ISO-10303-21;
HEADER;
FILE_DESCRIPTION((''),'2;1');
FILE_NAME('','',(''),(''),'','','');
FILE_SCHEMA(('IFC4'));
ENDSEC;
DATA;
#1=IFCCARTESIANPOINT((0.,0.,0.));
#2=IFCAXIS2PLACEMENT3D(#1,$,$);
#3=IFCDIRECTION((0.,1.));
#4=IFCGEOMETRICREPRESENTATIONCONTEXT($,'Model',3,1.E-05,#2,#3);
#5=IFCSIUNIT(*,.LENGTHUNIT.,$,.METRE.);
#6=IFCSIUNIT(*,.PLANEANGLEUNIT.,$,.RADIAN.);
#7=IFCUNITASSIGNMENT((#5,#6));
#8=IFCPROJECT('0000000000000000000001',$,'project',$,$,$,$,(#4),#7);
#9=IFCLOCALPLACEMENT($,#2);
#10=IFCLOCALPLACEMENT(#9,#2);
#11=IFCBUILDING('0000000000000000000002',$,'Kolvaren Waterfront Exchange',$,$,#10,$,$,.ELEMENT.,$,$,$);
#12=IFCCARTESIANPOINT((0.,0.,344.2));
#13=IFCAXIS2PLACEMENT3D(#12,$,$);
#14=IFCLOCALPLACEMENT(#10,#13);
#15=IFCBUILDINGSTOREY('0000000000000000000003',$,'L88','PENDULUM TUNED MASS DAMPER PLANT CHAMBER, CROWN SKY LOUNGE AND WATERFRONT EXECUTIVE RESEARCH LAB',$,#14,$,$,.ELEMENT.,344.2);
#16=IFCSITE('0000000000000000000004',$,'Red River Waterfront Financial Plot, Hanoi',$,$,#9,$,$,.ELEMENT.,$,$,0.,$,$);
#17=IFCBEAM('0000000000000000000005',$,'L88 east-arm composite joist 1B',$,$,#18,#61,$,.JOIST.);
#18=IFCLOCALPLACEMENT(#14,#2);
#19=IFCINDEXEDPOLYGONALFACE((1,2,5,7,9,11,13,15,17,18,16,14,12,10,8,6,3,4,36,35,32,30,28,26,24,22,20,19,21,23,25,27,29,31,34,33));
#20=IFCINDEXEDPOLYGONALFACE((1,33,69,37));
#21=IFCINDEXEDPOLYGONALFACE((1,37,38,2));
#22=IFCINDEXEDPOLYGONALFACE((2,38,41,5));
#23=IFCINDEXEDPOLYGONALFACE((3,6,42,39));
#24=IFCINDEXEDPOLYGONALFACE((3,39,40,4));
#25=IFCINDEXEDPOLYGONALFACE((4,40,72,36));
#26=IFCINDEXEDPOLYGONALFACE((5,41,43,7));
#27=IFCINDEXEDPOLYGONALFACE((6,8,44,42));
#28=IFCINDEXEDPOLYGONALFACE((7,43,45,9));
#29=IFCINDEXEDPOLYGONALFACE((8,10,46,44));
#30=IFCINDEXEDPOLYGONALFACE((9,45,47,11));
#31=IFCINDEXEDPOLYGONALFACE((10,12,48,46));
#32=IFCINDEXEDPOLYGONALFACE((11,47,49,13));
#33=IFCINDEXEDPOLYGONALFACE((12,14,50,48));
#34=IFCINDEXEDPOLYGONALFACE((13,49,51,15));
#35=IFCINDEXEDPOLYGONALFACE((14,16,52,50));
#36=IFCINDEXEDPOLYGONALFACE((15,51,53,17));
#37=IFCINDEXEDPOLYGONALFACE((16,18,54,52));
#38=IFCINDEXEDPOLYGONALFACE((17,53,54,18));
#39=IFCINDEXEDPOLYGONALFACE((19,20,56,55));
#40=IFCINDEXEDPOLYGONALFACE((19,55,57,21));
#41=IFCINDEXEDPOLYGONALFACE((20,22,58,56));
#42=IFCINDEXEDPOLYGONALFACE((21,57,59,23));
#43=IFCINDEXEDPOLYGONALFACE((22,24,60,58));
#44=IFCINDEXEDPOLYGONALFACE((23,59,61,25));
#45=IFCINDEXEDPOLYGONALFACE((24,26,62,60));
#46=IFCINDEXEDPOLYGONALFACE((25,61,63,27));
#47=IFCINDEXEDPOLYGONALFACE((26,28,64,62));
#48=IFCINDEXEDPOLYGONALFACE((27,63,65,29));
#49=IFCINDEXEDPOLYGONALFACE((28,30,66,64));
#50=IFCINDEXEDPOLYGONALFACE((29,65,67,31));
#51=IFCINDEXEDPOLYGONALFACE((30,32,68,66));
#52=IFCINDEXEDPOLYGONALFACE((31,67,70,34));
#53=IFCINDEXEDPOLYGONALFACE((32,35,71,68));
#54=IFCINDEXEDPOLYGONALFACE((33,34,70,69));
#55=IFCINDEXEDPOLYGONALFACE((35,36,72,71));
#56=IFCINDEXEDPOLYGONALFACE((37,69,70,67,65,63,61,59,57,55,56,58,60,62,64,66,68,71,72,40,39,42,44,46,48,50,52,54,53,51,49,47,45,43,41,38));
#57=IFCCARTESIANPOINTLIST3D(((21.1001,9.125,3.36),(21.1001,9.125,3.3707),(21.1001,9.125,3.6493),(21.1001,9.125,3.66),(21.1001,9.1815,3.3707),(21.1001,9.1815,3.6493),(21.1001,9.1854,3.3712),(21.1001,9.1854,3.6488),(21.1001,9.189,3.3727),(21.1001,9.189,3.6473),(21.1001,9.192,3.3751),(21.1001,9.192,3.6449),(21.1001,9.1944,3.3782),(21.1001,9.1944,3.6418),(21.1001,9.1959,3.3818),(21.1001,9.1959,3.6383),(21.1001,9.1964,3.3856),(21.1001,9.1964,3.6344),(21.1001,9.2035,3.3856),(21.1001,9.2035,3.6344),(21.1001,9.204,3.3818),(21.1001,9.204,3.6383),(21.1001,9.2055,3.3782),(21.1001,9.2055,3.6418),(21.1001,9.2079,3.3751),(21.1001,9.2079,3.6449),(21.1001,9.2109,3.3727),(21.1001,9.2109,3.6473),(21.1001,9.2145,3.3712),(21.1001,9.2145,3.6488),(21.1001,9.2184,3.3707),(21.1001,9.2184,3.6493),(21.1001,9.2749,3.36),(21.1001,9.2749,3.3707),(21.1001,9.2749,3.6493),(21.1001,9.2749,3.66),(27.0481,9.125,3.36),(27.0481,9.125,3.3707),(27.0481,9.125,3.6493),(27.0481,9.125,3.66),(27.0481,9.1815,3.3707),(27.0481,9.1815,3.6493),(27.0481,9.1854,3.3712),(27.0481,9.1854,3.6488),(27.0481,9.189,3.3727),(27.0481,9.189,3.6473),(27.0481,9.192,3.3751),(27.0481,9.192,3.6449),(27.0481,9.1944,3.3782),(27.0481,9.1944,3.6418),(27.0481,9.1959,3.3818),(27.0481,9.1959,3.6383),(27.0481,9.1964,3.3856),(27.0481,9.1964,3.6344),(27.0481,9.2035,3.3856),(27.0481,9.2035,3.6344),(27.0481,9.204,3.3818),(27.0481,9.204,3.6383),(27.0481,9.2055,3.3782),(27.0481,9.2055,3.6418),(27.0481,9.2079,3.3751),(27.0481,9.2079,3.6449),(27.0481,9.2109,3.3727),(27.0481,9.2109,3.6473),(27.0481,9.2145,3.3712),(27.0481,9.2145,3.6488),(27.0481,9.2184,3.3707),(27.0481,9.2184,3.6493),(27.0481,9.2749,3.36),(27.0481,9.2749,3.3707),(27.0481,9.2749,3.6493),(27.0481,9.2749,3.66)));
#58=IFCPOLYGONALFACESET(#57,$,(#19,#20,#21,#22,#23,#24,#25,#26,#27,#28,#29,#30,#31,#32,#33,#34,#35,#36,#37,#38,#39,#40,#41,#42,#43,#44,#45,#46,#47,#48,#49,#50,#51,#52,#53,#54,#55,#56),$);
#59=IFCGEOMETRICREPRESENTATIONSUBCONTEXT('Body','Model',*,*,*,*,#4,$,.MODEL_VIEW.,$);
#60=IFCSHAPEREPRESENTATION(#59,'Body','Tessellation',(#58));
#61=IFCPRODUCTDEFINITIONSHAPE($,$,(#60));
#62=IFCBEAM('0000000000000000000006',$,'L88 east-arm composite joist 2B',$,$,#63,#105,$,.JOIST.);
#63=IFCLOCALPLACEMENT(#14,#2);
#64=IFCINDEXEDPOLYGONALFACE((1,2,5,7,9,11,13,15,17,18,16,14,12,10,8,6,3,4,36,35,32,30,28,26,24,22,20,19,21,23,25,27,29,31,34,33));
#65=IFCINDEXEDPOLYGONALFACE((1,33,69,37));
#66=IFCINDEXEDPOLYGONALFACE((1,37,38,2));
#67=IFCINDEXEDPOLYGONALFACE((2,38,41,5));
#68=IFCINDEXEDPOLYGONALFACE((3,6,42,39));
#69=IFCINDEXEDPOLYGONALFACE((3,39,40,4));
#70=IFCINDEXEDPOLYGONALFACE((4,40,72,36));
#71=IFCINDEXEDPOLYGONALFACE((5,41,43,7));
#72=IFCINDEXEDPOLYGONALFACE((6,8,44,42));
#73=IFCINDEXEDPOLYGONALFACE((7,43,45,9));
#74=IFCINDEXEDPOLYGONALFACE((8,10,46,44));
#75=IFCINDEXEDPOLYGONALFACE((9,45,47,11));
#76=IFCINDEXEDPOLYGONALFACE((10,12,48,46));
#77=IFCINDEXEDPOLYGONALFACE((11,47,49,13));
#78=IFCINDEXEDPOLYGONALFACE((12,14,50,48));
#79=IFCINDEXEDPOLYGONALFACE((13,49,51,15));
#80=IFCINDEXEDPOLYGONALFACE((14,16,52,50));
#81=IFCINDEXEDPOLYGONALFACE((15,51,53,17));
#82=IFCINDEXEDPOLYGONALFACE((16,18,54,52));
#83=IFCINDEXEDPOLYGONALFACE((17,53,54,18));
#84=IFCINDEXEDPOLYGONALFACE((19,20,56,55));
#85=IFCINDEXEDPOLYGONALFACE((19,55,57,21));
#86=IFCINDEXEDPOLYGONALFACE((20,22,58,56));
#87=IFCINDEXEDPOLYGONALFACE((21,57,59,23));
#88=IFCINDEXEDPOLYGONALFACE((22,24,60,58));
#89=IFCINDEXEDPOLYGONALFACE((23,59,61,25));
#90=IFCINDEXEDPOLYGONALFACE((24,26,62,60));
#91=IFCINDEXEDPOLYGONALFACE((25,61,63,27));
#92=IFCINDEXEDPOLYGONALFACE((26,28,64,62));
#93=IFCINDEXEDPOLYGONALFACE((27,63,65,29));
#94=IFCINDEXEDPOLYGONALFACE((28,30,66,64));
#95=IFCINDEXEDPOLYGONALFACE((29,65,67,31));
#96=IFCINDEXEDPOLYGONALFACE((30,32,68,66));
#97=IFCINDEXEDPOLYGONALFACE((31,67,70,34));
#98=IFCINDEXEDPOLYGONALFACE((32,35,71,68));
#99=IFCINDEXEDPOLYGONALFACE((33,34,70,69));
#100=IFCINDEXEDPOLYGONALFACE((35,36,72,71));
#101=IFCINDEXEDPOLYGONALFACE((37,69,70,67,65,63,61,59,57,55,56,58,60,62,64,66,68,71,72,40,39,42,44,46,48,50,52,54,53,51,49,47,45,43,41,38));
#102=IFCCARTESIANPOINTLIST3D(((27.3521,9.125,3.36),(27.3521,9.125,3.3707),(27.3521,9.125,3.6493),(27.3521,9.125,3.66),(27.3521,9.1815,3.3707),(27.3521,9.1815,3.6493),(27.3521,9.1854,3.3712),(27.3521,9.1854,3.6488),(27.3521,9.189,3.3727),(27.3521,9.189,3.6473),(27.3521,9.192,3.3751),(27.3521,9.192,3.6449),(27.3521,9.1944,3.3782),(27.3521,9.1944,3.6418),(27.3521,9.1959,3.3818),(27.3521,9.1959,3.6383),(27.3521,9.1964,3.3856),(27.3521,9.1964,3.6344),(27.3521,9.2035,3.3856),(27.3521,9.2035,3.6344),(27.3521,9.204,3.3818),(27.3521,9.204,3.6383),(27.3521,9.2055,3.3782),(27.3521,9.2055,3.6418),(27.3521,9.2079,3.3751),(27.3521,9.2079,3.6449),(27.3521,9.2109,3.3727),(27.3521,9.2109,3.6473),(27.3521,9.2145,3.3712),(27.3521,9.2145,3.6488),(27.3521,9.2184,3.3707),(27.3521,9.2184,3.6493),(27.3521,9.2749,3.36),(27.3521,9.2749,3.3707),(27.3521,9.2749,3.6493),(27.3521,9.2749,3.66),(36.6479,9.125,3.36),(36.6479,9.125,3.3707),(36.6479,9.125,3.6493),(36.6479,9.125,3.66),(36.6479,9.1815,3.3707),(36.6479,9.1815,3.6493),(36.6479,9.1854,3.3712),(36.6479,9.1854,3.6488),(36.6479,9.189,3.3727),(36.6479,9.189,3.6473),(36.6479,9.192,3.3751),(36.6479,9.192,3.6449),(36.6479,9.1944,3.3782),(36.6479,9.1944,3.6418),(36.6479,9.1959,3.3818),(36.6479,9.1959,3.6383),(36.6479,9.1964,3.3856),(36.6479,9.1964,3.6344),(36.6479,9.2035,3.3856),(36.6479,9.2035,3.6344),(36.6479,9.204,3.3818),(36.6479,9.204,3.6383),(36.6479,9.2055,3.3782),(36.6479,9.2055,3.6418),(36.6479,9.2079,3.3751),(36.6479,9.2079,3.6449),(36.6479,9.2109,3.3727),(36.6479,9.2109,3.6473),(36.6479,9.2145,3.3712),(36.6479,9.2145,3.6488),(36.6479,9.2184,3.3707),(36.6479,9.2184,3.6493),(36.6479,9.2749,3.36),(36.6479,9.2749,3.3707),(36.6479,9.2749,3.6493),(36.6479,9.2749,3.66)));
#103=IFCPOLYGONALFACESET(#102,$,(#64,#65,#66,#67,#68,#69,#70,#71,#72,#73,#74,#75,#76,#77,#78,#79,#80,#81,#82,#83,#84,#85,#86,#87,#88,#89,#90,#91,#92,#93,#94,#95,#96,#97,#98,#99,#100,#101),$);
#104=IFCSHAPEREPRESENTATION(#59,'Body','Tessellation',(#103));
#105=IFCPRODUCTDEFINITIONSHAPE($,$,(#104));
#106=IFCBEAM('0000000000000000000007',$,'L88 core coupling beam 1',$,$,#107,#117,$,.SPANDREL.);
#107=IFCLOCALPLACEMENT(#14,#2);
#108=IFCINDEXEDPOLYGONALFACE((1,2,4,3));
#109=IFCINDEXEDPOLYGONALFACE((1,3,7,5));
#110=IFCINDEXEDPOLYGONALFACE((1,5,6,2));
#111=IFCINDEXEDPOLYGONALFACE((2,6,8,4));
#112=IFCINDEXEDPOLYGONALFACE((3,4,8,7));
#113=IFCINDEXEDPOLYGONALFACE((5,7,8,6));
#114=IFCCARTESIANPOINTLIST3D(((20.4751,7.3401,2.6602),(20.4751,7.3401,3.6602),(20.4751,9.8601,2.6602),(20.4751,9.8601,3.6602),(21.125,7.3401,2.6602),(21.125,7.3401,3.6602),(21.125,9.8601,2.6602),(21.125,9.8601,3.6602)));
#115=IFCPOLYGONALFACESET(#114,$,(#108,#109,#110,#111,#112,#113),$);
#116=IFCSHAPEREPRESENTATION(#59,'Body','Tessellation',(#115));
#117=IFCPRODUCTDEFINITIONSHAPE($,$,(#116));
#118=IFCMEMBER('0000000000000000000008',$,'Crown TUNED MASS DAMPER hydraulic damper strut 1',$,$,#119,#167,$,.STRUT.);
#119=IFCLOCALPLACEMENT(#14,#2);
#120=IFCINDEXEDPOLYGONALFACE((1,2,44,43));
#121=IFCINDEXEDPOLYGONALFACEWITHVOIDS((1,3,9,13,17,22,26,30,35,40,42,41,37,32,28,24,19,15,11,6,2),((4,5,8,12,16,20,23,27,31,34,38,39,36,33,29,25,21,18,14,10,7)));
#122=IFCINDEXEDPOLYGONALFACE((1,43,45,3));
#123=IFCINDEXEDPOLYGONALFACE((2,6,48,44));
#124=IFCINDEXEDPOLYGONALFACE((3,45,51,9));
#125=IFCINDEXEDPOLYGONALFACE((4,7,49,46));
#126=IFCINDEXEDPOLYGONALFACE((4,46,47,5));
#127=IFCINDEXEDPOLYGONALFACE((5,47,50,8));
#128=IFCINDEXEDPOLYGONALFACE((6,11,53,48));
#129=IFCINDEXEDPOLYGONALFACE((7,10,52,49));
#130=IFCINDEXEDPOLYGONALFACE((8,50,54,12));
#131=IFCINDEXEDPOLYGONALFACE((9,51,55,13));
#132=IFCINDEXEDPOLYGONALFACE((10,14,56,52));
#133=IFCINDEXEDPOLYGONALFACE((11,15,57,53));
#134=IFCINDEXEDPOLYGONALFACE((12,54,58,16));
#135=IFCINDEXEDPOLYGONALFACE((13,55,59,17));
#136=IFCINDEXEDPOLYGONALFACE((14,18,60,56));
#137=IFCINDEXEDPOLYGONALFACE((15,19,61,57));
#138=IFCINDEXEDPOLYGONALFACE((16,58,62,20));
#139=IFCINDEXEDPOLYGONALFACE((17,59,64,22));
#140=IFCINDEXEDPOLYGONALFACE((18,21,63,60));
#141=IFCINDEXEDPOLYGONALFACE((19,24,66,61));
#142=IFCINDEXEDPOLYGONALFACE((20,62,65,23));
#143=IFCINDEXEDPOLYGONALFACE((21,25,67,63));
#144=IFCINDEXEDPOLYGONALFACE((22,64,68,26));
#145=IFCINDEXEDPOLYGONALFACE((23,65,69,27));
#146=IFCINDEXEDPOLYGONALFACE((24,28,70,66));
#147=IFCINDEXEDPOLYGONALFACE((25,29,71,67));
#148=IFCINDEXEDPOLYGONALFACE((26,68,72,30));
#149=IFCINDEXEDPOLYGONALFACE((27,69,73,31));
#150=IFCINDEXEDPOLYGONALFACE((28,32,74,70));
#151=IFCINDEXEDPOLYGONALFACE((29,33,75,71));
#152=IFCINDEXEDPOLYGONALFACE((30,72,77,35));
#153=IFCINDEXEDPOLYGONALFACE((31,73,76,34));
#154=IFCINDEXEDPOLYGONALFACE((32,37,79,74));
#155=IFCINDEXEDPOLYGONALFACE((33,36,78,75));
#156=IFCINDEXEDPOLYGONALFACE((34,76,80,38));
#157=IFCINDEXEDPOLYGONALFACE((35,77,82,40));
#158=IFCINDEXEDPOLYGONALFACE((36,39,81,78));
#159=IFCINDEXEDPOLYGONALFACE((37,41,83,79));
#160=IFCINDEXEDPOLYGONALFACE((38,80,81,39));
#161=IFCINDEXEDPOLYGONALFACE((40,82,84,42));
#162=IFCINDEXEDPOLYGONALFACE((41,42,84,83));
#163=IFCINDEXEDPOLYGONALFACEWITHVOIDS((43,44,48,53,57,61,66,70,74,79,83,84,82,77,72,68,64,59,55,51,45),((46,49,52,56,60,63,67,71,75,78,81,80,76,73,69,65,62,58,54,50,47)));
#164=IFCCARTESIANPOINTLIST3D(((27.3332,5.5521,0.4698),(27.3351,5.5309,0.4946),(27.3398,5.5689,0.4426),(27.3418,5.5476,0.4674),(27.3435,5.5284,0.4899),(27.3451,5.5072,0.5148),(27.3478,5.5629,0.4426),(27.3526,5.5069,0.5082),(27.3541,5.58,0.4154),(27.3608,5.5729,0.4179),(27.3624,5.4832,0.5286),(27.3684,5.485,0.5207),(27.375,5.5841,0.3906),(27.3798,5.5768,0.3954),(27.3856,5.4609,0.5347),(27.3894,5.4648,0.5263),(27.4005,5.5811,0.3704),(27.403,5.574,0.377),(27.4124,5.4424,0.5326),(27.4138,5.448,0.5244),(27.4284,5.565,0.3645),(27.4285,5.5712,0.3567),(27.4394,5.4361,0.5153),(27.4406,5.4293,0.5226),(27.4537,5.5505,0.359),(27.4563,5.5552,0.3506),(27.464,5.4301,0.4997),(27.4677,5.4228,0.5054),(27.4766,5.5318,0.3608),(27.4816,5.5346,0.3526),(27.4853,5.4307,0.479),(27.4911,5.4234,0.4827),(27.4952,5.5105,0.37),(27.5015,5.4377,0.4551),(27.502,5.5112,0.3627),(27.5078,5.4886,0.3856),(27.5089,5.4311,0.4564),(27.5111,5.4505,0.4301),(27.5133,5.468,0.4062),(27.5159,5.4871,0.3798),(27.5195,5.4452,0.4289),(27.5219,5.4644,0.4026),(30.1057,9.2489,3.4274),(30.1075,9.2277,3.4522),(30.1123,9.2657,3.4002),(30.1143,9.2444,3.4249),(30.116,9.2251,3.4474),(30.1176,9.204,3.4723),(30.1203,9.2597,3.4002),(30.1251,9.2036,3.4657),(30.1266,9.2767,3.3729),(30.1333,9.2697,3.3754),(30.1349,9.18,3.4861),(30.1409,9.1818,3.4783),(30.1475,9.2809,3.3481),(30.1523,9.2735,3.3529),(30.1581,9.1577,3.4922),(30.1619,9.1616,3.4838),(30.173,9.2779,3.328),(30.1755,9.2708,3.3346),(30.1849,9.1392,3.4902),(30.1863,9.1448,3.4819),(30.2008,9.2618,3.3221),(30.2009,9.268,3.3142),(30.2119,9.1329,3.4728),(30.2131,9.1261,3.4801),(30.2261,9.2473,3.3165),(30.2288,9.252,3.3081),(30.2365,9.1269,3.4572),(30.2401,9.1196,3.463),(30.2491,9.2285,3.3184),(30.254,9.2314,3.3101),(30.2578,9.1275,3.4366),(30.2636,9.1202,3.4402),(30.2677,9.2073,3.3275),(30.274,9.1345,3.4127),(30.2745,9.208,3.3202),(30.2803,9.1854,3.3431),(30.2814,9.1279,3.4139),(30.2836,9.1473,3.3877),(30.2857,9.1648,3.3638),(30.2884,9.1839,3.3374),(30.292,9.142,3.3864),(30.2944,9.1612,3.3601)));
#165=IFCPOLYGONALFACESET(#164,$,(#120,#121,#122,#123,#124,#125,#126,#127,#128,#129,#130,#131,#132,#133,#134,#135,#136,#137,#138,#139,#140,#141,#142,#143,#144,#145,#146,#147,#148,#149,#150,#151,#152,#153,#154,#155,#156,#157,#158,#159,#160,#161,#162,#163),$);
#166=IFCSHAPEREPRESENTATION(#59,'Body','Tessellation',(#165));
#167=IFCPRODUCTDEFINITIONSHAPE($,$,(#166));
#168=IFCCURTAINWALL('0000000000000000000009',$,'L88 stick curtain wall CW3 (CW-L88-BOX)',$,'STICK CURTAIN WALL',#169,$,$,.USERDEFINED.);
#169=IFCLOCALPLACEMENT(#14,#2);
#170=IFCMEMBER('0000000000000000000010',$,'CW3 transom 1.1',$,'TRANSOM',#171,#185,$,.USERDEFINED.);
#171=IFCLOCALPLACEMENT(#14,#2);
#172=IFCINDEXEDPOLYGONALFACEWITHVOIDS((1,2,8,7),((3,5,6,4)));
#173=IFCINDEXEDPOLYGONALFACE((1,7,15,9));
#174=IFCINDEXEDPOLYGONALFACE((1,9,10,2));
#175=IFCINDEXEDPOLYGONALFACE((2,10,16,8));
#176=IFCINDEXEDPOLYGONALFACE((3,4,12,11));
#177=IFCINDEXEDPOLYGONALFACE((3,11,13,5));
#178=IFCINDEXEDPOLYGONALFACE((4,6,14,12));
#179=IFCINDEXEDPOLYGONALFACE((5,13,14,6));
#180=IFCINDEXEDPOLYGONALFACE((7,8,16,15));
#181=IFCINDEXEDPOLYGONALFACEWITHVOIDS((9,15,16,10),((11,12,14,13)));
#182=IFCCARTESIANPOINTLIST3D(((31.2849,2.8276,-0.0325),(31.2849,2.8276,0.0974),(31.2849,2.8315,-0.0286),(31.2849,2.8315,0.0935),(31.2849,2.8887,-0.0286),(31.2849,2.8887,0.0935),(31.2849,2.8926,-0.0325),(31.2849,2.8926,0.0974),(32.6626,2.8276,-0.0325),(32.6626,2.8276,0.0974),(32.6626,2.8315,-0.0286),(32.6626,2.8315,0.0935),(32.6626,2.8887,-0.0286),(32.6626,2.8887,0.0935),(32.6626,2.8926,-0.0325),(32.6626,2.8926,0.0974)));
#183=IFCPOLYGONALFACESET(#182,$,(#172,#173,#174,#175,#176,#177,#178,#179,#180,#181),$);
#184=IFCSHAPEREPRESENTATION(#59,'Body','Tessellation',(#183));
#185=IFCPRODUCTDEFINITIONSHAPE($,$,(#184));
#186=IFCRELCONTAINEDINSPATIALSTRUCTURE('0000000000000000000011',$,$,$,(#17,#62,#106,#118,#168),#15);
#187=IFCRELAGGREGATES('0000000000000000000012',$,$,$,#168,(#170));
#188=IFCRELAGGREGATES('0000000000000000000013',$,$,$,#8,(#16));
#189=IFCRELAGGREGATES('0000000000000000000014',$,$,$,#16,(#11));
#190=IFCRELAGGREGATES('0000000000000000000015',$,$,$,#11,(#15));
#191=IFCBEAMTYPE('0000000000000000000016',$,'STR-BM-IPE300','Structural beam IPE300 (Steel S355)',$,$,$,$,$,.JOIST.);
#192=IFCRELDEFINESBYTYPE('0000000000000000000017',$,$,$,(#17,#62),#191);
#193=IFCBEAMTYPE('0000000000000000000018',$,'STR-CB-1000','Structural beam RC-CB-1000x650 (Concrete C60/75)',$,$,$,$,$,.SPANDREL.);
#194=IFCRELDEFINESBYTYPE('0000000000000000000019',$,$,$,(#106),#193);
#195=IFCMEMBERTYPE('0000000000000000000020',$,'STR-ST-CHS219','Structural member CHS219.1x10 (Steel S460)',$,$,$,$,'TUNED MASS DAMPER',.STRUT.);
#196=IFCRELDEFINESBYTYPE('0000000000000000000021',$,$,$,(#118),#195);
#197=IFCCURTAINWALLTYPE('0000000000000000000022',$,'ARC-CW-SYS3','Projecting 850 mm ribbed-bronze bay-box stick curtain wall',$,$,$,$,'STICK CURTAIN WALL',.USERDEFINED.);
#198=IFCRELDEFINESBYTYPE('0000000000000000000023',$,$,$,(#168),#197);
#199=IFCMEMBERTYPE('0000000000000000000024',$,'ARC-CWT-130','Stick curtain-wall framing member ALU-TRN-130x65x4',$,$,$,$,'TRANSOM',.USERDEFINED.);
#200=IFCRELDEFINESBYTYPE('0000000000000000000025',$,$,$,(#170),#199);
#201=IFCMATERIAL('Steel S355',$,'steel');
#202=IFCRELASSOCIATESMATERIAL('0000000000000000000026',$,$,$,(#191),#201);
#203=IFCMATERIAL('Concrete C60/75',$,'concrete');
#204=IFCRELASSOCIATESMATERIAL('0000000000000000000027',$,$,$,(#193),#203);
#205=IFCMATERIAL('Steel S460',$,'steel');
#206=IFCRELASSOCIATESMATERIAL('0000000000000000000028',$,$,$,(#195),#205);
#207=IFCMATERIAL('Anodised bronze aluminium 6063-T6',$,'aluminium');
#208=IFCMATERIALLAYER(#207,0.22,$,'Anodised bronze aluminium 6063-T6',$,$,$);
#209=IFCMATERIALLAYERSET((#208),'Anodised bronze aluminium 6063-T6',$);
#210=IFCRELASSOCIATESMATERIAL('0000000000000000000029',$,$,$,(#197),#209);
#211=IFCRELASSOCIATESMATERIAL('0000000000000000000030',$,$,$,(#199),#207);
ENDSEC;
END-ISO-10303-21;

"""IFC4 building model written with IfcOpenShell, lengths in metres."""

from ifc_helpers import new_model, si_unit, direction, frame, origin, origin_with_axes, origin_2d, place, context, subcontext, project, spatial, rectangle, hollow_rectangle, hollow_circle, i_section, extrude, source, transform, mapped, material, layer, layer_set, material_profile, profile_set, type_object, element, aggregate, save


model = new_model("IFC4")

# Units and contexts
model_context = context("Model", 3, precision=1e-05, world=origin(), true_north=direction((0.0, 1.0)))
body_context = subcontext(model_context, "Body", "Model", "MODEL_VIEW")
ifc_project = project(units=[si_unit("LENGTHUNIT", "METRE"), si_unit("PLANEANGLEUNIT", "RADIAN")], contexts=[model_context])

# Site, building, storey
site_placement = place(None, origin())
site = spatial("IfcSite", under=ifc_project, at=site_placement, Name="Red River Waterfront Financial Plot, Hanoi", CompositionType="ELEMENT", RefElevation=0.0)
building_placement = place(site_placement, origin())
building = spatial("IfcBuilding", under=site, at=building_placement, Name="Kolvaren Waterfront Exchange", CompositionType="ELEMENT")
storey_placement = place(building_placement, frame((0.0, 0.0, 344.2)))
storey = spatial("IfcBuildingStorey", under=building, at=storey_placement, Name="L88", Description="PENDULUM TUNED MASS DAMPER PLANT CHAMBER, CROWN SKY LOUNGE AND WATERFRONT EXECUTIVE RESEARCH LAB", CompositionType="ELEMENT", Elevation=344.2)

# Beams
ifc_material_1 = material(Name="Steel S355", Category="steel")
ifc_material_profile_1 = material_profile(ifc_material_1, i_section(OverallWidth=0.1499, OverallDepth=0.3, WebThickness=0.0071, FlangeThickness=0.0107, FilletRadius=0.0149, at=origin_2d()), Name="IPE300")
ifc_profile_set_1 = profile_set([ifc_material_profile_1], Name="Steel S355")
beam_type_1 = type_object("IfcBeamType", Name="STR-BM-IPE300", Description="Structural beam IPE300 (Steel S355)", PredefinedType="JOIST", material=ifc_profile_set_1)
beam_1_placement = place(storey_placement, frame((21.1001, 9.2, 3.51), z_axis=(1.0, 0.0, 0.0), x_axis=(0.0, 1.0, 0.0)))
element("IfcBeam", 1, at=beam_1_placement, inside=storey, type_object=beam_type_1, Name="L88 east-arm composite joist 1B", PredefinedType="JOIST", context=body_context, shape_type="SweptSolid", body=[
    extrude(i_section(OverallWidth=0.1499, OverallDepth=0.3, WebThickness=0.0071, FlangeThickness=0.0107, FilletRadius=0.0149, at=origin_2d()), origin(), (0.0, 0.0, 1.0), 5.948),
])
beam_2_placement = place(storey_placement, frame((27.3521, 9.2, 3.51), z_axis=(1.0, 0.0, 0.0), x_axis=(0.0, 1.0, 0.0)))
element("IfcBeam", 2, at=beam_2_placement, inside=storey, type_object=beam_type_1, Name="L88 east-arm composite joist 2B", PredefinedType="JOIST", context=body_context, shape_type="SweptSolid", body=[
    extrude(i_section(OverallWidth=0.1499, OverallDepth=0.3, WebThickness=0.0071, FlangeThickness=0.0107, FilletRadius=0.0149, at=origin_2d()), origin(), (0.0, 0.0, 1.0), 9.2959),
])
ifc_material_2 = material(Name="Concrete C60/75", Category="concrete")
ifc_material_profile_2 = material_profile(ifc_material_2, rectangle(XDim=0.6499, YDim=1.0, at=origin_2d()), Name="RC-CB-1000x650")
ifc_profile_set_2 = profile_set([ifc_material_profile_2], Name="Concrete C60/75")
beam_type_2 = type_object("IfcBeamType", Name="STR-CB-1000", Description="Structural beam RC-CB-1000x650 (Concrete C60/75)", PredefinedType="SPANDREL", material=ifc_profile_set_2)
beam_3_placement = place(storey_placement, frame((20.8, 7.3401, 3.1602), z_axis=(0.0, 1.0, 0.0), x_axis=(-1.0, 0.0, 0.0)))
element("IfcBeam", 3, at=beam_3_placement, inside=storey, type_object=beam_type_2, Name="L88 core coupling beam 1", PredefinedType="SPANDREL", context=body_context, shape_type="SweptSolid", body=[
    extrude(rectangle(XDim=0.6499, YDim=1.0, at=origin_2d()), origin(), (0.0, 0.0, 1.0), 2.52),
])

# Member
ifc_material_3 = material(Name="Steel S460", Category="steel")
ifc_material_profile_3 = material_profile(ifc_material_3, hollow_circle(Radius=0.1096, WallThickness=0.01, at=origin_2d()), Name="CHS219.1x10")
ifc_profile_set_3 = profile_set([ifc_material_profile_3], Name="Steel S460")
member_type_1 = type_object("IfcMemberType", Name="STR-ST-CHS219", Description="Structural member CHS219.1x10 (Steel S460)", ElementType="TUNED MASS DAMPER", PredefinedType="STRUT", material=ifc_profile_set_3)
member_1_placement = place(storey_placement, frame((27.4275, 5.5032, 0.4426), z_axis=(0.505341, 0.673818, 0.539072), x_axis=(-0.800013, 0.599983, 0.0)))
element("IfcMember", 4, at=member_1_placement, inside=storey, type_object=member_type_1, Name="Crown TUNED MASS DAMPER hydraulic damper strut 1", PredefinedType="STRUT", context=body_context, shape_type="SweptSolid", body=[
    extrude(hollow_circle(Radius=0.1096, WallThickness=0.01, at=origin_2d()), origin(), (0.0, 0.0, 1.0), 5.4863),
])

# Curtain wall, member
ifc_material_4 = material(Name="Anodised bronze aluminium 6063-T6", Category="aluminium")
ifc_layer_1 = layer(ifc_material_4, 0.22, Name="Anodised bronze aluminium 6063-T6")
ifc_layer_set_1 = layer_set([ifc_layer_1], Name="Anodised bronze aluminium 6063-T6")
curtain_wall_type_1 = type_object("IfcCurtainWallType", Name="ARC-CW-SYS3", Description="Projecting 850 mm ribbed-bronze bay-box stick curtain wall", ElementType="STICK CURTAIN WALL", PredefinedType="USERDEFINED", material=ifc_layer_set_1)
curtain_wall_1_placement = place(storey_placement, origin())
curtain_wall_1 = element("IfcCurtainWall", 5, at=curtain_wall_1_placement, inside=storey, type_object=curtain_wall_type_1, Name="L88 stick curtain wall CW3 (CW-L88-BOX)", ObjectType="STICK CURTAIN WALL", PredefinedType="USERDEFINED")
ifc_material_profile_4 = material_profile(ifc_material_4, hollow_rectangle(XDim=0.0649, YDim=0.1299, WallThickness=0.0039, at=origin_2d()), Name="ALU-TRN-130x65x4")
ifc_profile_set_4 = profile_set([ifc_material_profile_4], Name="Anodised bronze aluminium 6063-T6")
member_type_2 = type_object("IfcMemberType", Name="ARC-CWT-130", Description="Stick curtain-wall framing member ALU-TRN-130x65x4", ElementType="TRANSOM", PredefinedType="USERDEFINED", material=ifc_profile_set_4)
shared_shape_1 = source(origin_with_axes(), body_context, "Body", "SweptSolid", [
    extrude(hollow_rectangle(XDim=0.0649, YDim=0.1299, WallThickness=0.0039, at=origin_2d()), origin(), (0.0, 0.0, 1.0), 1.3777),
])
member_2_placement = place(storey_placement, frame((31.2849, 2.8601, 0.0325), z_axis=(1.0, 0.0, 0.0), x_axis=(0.0, 1.0, 0.0)))
member_2 = element("IfcMember", 6, at=member_2_placement, type_object=member_type_2, Name="CW3 transom 1.1", ObjectType="TRANSOM", PredefinedType="USERDEFINED", context=body_context, shape_type="MappedRepresentation", body=[
    mapped(shared_shape_1, transform((0.0, 0.0, 0.0), x_axis=(1.0, 0.0, 0.0), y_axis=(0.0, 1.0, 0.0), z_axis=(0.0, 0.0, 1.0), scale=1.0)),
])

aggregate(curtain_wall_1, [member_2])

save(model, "model.ifc")
